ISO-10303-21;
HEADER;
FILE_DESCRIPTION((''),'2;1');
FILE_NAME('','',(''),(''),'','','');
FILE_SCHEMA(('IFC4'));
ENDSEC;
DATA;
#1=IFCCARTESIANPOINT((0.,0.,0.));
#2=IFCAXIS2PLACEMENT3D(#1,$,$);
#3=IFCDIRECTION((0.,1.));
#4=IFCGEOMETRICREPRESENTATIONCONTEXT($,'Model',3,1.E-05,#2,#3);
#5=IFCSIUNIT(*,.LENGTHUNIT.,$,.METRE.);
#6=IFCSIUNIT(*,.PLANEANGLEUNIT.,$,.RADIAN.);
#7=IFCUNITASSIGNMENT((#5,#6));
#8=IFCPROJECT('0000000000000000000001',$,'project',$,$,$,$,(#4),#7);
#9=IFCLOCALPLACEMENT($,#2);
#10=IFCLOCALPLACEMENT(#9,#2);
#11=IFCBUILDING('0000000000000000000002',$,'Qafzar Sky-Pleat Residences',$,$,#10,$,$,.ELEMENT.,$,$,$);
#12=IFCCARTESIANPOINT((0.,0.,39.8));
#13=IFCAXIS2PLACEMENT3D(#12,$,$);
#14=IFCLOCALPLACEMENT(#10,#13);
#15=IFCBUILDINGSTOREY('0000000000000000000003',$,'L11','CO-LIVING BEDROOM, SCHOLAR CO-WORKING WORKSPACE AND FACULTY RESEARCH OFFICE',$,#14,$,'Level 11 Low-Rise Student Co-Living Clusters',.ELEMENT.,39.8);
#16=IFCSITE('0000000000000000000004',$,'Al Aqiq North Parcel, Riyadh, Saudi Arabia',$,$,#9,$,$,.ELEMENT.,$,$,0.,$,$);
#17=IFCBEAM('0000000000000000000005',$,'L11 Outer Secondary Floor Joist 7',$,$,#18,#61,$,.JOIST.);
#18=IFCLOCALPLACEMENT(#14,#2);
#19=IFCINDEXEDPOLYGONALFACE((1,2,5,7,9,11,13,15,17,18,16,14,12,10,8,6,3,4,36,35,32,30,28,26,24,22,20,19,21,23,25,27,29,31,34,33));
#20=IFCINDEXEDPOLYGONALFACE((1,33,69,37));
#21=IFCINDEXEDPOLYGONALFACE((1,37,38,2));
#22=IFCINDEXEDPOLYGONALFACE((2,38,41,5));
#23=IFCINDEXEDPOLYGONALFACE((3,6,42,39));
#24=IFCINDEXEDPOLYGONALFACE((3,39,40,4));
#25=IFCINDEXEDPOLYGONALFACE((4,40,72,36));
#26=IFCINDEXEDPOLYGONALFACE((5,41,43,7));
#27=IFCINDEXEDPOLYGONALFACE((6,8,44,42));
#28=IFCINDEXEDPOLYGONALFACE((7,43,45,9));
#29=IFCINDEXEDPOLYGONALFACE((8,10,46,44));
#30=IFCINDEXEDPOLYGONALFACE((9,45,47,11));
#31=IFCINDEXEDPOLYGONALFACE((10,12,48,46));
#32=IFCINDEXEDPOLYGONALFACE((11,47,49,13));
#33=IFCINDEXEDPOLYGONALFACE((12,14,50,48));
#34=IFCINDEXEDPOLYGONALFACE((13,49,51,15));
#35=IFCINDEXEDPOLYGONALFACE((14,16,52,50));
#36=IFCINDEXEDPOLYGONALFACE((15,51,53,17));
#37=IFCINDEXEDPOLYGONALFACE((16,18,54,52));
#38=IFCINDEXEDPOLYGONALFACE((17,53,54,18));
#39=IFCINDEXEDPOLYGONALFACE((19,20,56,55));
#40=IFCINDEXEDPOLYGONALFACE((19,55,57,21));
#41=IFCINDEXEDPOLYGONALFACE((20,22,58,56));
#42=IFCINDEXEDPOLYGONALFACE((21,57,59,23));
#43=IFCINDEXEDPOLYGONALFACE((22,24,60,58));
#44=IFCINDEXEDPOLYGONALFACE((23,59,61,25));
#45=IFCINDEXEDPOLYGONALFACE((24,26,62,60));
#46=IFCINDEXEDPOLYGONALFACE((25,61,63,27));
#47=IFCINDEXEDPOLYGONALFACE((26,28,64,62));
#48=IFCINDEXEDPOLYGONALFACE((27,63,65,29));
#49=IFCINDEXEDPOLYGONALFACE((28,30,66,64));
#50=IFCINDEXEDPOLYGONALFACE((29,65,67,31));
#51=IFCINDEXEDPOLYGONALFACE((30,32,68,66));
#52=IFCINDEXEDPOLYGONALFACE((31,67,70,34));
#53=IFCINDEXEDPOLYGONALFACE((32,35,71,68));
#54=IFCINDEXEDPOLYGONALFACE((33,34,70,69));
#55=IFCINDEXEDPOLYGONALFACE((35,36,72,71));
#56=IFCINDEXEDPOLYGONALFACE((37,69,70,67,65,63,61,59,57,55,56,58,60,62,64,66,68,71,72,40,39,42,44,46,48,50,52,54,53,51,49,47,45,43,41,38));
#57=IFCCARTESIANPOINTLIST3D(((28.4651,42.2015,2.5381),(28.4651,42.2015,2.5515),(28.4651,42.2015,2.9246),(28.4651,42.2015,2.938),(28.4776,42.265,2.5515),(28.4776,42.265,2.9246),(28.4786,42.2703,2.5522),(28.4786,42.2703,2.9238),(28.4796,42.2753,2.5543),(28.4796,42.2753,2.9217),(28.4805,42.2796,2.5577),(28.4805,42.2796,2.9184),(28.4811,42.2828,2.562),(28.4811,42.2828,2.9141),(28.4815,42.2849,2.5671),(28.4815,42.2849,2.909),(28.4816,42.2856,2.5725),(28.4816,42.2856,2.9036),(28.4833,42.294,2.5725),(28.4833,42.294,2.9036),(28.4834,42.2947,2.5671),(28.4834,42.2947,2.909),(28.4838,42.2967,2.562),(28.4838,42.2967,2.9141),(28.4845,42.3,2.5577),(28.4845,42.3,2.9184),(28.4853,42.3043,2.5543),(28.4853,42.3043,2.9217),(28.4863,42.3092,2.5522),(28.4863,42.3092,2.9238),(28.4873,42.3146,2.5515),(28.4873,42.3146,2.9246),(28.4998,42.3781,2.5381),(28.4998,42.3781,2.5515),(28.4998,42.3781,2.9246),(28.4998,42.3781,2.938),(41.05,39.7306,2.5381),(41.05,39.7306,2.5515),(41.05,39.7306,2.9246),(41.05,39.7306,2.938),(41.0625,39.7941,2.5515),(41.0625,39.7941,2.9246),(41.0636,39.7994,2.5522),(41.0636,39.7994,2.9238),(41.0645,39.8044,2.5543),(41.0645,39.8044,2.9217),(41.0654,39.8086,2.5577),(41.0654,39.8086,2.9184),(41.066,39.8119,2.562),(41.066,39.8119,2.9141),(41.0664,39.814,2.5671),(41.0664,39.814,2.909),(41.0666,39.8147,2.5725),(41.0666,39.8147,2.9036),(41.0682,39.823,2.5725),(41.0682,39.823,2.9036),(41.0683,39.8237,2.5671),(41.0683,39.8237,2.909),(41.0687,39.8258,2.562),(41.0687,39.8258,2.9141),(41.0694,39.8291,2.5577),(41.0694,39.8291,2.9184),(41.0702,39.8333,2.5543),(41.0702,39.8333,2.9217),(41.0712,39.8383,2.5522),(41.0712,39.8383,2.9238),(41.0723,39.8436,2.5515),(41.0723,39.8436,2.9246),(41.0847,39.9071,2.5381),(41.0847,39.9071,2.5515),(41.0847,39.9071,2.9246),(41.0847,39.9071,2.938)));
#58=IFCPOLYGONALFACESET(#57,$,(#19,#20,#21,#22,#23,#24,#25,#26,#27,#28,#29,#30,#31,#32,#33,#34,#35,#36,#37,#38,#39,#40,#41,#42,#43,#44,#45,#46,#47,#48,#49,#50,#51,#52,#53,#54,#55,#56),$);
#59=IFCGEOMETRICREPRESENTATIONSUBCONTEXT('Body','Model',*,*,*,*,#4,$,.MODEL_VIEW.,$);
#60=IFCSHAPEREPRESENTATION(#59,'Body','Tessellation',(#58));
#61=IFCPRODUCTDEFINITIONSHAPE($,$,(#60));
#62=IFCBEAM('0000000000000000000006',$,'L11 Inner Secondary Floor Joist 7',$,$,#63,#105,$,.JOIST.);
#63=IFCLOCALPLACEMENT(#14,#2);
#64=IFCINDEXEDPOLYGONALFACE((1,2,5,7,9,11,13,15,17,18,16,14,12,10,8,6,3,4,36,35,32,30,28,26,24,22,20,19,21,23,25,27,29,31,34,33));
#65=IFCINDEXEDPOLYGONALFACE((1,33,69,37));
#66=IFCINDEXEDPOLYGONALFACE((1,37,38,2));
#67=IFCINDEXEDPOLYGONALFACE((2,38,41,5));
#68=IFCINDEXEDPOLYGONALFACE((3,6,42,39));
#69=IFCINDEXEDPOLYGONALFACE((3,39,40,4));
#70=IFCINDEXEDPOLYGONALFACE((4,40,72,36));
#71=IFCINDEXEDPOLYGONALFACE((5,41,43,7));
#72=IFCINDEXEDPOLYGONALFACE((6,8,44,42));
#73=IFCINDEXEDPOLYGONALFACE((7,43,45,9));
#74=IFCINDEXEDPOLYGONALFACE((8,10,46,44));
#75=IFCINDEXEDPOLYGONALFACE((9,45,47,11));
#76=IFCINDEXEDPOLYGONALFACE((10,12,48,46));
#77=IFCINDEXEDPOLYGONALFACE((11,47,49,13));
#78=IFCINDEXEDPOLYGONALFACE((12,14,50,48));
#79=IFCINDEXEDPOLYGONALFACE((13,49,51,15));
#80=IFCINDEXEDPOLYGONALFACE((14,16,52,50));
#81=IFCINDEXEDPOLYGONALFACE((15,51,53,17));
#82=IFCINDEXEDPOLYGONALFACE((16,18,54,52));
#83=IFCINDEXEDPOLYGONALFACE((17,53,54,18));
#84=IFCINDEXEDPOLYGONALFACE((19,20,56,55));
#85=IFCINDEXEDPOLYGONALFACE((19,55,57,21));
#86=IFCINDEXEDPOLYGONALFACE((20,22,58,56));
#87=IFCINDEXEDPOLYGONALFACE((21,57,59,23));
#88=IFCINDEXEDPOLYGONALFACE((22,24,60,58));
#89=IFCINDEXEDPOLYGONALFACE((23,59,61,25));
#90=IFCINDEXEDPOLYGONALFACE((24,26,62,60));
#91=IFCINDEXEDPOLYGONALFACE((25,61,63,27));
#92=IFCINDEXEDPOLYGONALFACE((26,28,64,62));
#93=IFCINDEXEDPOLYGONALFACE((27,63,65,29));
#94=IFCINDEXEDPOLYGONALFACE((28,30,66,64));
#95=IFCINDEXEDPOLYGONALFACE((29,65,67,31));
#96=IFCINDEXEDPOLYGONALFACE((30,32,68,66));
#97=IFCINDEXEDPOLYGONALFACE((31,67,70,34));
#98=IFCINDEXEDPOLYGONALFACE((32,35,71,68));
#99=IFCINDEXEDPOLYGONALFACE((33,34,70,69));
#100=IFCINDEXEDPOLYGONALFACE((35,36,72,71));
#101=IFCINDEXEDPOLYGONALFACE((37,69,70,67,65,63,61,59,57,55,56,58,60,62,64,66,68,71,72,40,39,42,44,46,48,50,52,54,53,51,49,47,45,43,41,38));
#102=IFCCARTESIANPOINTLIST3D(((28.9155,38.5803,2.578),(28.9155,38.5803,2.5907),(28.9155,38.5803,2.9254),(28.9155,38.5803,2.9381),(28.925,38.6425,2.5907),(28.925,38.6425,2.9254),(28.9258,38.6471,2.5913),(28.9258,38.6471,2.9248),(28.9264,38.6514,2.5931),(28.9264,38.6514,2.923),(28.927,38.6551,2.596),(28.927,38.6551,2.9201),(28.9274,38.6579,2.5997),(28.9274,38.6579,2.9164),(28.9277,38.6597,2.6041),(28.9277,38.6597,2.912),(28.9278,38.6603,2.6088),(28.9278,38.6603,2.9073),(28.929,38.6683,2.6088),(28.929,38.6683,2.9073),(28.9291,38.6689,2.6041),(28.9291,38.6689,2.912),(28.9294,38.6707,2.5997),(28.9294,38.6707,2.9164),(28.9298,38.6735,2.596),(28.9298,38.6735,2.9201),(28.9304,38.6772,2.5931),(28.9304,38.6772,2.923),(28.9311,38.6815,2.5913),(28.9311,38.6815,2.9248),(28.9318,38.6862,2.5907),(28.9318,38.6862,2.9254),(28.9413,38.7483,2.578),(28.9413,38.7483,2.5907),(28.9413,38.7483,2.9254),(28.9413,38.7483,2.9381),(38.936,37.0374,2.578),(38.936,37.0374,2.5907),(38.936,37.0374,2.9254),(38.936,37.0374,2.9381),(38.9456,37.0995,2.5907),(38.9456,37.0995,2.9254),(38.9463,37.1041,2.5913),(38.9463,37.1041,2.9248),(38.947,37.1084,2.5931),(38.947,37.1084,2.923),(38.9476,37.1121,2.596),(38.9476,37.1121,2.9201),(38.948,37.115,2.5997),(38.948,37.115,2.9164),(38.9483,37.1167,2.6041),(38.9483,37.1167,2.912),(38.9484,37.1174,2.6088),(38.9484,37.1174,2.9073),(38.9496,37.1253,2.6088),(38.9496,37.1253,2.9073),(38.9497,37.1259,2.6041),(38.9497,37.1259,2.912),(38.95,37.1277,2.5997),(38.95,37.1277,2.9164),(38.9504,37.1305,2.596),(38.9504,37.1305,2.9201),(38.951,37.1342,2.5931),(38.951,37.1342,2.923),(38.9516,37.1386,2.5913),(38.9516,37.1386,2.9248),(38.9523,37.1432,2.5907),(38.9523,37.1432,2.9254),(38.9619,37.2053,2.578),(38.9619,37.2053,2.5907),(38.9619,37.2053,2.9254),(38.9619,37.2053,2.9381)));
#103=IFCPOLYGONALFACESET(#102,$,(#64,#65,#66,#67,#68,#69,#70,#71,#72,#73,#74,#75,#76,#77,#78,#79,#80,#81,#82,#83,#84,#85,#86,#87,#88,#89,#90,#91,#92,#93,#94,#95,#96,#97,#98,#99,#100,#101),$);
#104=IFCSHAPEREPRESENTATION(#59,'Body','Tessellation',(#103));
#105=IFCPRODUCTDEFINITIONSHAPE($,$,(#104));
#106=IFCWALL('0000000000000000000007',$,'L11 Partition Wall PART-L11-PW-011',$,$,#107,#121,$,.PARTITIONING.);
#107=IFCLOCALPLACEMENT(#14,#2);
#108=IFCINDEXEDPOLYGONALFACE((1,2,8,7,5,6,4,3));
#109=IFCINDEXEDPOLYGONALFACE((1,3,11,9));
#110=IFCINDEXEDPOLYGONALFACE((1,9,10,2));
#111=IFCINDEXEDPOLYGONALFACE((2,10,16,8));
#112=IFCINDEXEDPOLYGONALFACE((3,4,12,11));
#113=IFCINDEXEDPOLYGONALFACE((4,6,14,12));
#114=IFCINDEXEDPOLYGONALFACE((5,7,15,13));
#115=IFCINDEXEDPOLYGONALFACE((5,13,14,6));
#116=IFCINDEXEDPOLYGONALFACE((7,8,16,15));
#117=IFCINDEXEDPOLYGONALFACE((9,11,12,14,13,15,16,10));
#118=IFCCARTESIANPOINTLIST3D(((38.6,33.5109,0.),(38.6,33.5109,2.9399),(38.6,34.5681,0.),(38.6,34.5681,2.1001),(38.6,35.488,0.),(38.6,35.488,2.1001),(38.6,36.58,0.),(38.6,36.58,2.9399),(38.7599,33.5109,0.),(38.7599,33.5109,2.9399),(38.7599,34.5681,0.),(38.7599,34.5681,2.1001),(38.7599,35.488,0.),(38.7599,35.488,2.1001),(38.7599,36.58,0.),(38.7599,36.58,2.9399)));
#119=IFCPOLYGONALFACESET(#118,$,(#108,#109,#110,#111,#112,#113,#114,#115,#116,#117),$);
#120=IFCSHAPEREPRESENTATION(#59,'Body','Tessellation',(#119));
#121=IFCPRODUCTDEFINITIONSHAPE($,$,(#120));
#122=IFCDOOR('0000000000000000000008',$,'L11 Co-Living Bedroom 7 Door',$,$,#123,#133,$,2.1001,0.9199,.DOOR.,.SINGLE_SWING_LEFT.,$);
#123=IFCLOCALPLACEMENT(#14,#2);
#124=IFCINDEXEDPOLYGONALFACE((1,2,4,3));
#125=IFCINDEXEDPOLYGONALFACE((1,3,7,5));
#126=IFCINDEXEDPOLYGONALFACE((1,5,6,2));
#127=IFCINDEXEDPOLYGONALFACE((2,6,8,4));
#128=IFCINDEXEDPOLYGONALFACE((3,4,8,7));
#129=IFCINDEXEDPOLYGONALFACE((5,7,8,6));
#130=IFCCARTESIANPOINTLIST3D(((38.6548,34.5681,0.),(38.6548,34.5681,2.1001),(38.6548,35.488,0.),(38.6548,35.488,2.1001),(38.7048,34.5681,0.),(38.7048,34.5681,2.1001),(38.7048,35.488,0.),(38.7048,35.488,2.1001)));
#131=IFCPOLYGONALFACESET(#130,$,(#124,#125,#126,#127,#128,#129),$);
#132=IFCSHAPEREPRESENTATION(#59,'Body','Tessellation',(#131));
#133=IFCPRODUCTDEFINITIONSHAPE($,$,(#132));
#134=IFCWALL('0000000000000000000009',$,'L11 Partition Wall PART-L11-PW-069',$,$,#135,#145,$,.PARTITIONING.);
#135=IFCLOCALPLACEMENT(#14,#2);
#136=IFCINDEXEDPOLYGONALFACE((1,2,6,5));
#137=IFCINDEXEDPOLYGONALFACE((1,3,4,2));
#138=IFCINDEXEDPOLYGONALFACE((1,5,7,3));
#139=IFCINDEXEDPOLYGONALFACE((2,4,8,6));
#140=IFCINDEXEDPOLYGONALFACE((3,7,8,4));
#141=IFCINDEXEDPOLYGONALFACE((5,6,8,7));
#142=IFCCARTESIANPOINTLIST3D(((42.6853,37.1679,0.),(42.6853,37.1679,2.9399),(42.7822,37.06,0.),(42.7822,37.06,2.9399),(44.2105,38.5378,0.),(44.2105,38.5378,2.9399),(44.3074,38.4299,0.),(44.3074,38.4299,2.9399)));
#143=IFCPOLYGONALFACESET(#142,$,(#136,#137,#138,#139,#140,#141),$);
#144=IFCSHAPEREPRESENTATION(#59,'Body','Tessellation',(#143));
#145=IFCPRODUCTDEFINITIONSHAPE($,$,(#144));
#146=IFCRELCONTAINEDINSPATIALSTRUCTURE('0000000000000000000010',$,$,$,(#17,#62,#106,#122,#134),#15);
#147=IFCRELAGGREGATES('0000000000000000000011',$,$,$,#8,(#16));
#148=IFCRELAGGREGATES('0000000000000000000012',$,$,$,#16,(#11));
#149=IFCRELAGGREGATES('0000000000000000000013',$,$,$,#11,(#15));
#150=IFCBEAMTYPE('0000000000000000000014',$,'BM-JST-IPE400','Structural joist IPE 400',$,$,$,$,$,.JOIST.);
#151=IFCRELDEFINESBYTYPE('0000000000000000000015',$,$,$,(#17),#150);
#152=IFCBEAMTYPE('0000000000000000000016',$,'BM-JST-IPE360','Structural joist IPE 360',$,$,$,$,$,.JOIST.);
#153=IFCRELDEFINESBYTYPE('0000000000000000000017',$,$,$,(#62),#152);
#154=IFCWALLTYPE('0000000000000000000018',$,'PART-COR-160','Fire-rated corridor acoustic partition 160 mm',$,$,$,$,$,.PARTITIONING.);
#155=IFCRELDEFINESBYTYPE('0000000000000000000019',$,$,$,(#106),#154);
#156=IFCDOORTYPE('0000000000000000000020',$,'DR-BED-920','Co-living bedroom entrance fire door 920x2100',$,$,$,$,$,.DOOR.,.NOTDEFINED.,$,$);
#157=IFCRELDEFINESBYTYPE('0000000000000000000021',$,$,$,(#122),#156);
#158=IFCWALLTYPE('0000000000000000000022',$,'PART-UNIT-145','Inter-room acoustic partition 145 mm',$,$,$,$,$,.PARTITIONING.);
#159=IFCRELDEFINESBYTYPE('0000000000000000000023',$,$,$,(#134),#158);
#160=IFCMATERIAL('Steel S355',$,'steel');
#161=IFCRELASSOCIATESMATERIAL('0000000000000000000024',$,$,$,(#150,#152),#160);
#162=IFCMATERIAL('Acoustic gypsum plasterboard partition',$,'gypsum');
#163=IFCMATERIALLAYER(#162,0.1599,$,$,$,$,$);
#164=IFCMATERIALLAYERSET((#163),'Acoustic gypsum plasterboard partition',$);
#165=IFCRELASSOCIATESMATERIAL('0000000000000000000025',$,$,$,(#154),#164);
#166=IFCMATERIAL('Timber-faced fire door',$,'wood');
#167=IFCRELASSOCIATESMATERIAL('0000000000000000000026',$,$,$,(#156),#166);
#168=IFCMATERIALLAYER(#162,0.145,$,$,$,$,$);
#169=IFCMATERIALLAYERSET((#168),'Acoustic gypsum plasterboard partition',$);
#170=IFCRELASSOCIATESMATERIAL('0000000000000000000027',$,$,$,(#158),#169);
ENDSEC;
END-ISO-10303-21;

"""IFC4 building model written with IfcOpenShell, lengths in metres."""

from ifc_helpers import new_model, si_unit, direction, frame, frame_2d, origin, origin_2d, place, context, subcontext, project, spatial, rectangle, i_section, extrude, source, transform, mapped, material, layer, layer_set, material_profile, profile_set, type_object, element, fill, save


model = new_model("IFC4")

# Units and contexts
model_context = context("Model", 3, precision=1e-05, world=origin(), true_north=direction((0.0, 1.0)))
body_context = subcontext(model_context, "Body", "Model", "MODEL_VIEW")
ifc_project = project(units=[si_unit("LENGTHUNIT", "METRE"), si_unit("PLANEANGLEUNIT", "RADIAN")], contexts=[model_context])

# Site, building, storey
site_placement = place(None, origin())
site = spatial("IfcSite", under=ifc_project, at=site_placement, Name="Al Aqiq North Parcel, Riyadh, Saudi Arabia", CompositionType="ELEMENT", RefElevation=0.0)
building_placement = place(site_placement, origin())
building = spatial("IfcBuilding", under=site, at=building_placement, Name="Qafzar Sky-Pleat Residences", CompositionType="ELEMENT")
storey_placement = place(building_placement, frame((0.0, 0.0, 39.8)))
storey = spatial("IfcBuildingStorey", under=building, at=storey_placement, Name="L11", Description="CO-LIVING BEDROOM, SCHOLAR CO-WORKING WORKSPACE AND FACULTY RESEARCH OFFICE", LongName="Level 11 Low-Rise Student Co-Living Clusters", CompositionType="ELEMENT", Elevation=39.8)

# Beams
ifc_material_1 = material(Name="Steel S355", Category="steel")
ifc_material_profile_1 = material_profile(ifc_material_1, i_section(OverallWidth=0.1799, OverallDepth=0.3999, WebThickness=0.0085, FlangeThickness=0.0134, FilletRadius=0.021, at=origin_2d()), Name="IPE 400")
ifc_profile_set_1 = profile_set([ifc_material_profile_1], Name="Steel S355")
beam_type_1 = type_object("IfcBeamType", Name="BM-JST-IPE400", Description="Structural joist IPE 400", PredefinedType="JOIST", material=ifc_profile_set_1)
shared_shape_1 = source(origin(), body_context, "Body", "SweptSolid", [
    extrude(i_section(OverallWidth=0.1799, OverallDepth=0.3999, WebThickness=0.0085, FlangeThickness=0.0134, FilletRadius=0.021, at=origin_2d()), origin(), (0.0, 0.0, 1.0), 12.8252),
])
beam_1_placement = place(storey_placement, frame((41.0674, 39.8188, 2.738), z_axis=(-0.981265, 0.192663, 0.0), x_axis=(-0.192663, -0.981265, 0.0)))
element("IfcBeam", 1, at=beam_1_placement, inside=storey, type_object=beam_type_1, Name="L11 Outer Secondary Floor Joist 7", PredefinedType="JOIST", context=body_context, shape_type="MappedRepresentation", body=[
    mapped(shared_shape_1, transform((0.0, 0.0, 0.0), x_axis=(1.0, 0.0, 0.0), y_axis=(0.0, 1.0, 0.0), z_axis=(0.0, 0.0, 1.0), scale=1.0)),
])
ifc_material_profile_2 = material_profile(ifc_material_1, i_section(OverallWidth=0.1699, OverallDepth=0.3601, WebThickness=0.0081, FlangeThickness=0.0127, FilletRadius=0.0181, at=origin_2d()), Name="IPE 360")
ifc_profile_set_2 = profile_set([ifc_material_profile_2], Name="Steel S355")
beam_type_2 = type_object("IfcBeamType", Name="BM-JST-IPE360", Description="Structural joist IPE 360", PredefinedType="JOIST", material=ifc_profile_set_2)
shared_shape_2 = source(origin(), body_context, "Body", "SweptSolid", [
    extrude(i_section(OverallWidth=0.1699, OverallDepth=0.3601, WebThickness=0.0081, FlangeThickness=0.0127, FilletRadius=0.0181, at=origin_2d()), origin(), (0.0, 0.0, 1.0), 10.1387),
])
beam_2_placement = place(storey_placement, frame((38.949, 37.1213, 2.7581), z_axis=(-0.988352, 0.152187, 0.0), x_axis=(-0.152187, -0.988352, 0.0)))
element("IfcBeam", 2, at=beam_2_placement, inside=storey, type_object=beam_type_2, Name="L11 Inner Secondary Floor Joist 7", PredefinedType="JOIST", context=body_context, shape_type="MappedRepresentation", body=[
    mapped(shared_shape_2, transform((0.0, 0.0, 0.0), x_axis=(1.0, 0.0, 0.0), y_axis=(0.0, 1.0, 0.0), z_axis=(0.0, 0.0, 1.0), scale=1.0)),
])

# Wall, opening, door
ifc_material_2 = material(Name="Acoustic gypsum plasterboard partition", Category="gypsum")
ifc_layer_1 = layer(ifc_material_2, 0.1599)
ifc_layer_set_1 = layer_set([ifc_layer_1], Name="Acoustic gypsum plasterboard partition")
wall_type_1 = type_object("IfcWallType", Name="PART-COR-160", Description="Fire-rated corridor acoustic partition 160 mm", PredefinedType="PARTITIONING", material=ifc_layer_set_1)
wall_1_placement = place(storey_placement, frame((38.6799, 36.5801, 0.0), z_axis=(0.0, 0.0, 1.0), x_axis=(0.0, -1.0, 0.0)))
wall_1 = element("IfcWall", 3, at=wall_1_placement, inside=storey, type_object=wall_type_1, Name="L11 Partition Wall PART-L11-PW-011", PredefinedType="PARTITIONING", context=body_context, shape_type="SweptSolid", body=[
    extrude(rectangle(XDim=3.0691, YDim=0.1599, at=frame_2d((1.5347, 0.0))), origin(), (0.0, 0.0, 1.0), 2.9399),
])
opening_1_placement = place(wall_1_placement, frame((1.092, 0.0, 0.0)))
opening_1 = element("IfcOpeningElement", 4, at=opening_1_placement, cuts=wall_1, PredefinedType="OPENING", context=body_context, shape_type="SweptSolid", body=[
    extrude(rectangle(XDim=0.9199, YDim=2.1001, at=frame_2d((0.46, 1.05))), frame((0.0, 0.0898, 0.0), z_axis=(0.0, -1.0, 0.0), x_axis=(1.0, 0.0, 0.0)), (0.0, 0.0, 1.0), 0.1799),
])
ifc_material_3 = material(Name="Timber-faced fire door", Category="wood")
door_type_1 = type_object("IfcDoorType", Name="DR-BED-920", Description="Co-living bedroom entrance fire door 920x2100", OperationType="NOTDEFINED", PredefinedType="DOOR", material=ifc_material_3)
shared_shape_3 = source(origin(), body_context, "Body", "SweptSolid", [
    extrude(rectangle(XDim=0.9199, YDim=2.1001, at=frame_2d((0.46, 1.05))), frame((0.0, 0.0249, 0.0), z_axis=(0.0, -1.0, 0.0), x_axis=(1.0, 0.0, 0.0)), (0.0, 0.0, 1.0), 0.05),
])
door_1_placement = place(opening_1_placement, origin())
door_1 = element("IfcDoor", 5, at=door_1_placement, inside=storey, type_object=door_type_1, Name="L11 Co-Living Bedroom 7 Door", OperationType="SINGLE_SWING_LEFT", OverallHeight=2.1001, OverallWidth=0.9199, PredefinedType="DOOR", context=body_context, shape_type="MappedRepresentation", body=[
    mapped(shared_shape_3, transform((0.0, 0.0, 0.0), x_axis=(1.0, 0.0, 0.0), y_axis=(0.0, 1.0, 0.0), z_axis=(0.0, 0.0, 1.0), scale=1.0)),
])
fill(opening_1, door_1)

# Wall
ifc_layer_2 = layer(ifc_material_2, 0.145)
ifc_layer_set_2 = layer_set([ifc_layer_2], Name="Acoustic gypsum plasterboard partition")
wall_type_2 = type_object("IfcWallType", Name="PART-UNIT-145", Description="Inter-room acoustic partition 145 mm", PredefinedType="PARTITIONING", material=ifc_layer_set_2)
wall_2_placement = place(storey_placement, frame((42.7339, 37.114, 0.0), z_axis=(0.0, 0.0, 1.0), x_axis=(0.743963, 0.668221, 0.0)))
element("IfcWall", 6, at=wall_2_placement, inside=storey, type_object=wall_type_2, Name="L11 Partition Wall PART-L11-PW-069", PredefinedType="PARTITIONING", context=body_context, shape_type="SweptSolid", body=[
    extrude(rectangle(XDim=2.05, YDim=0.145, at=frame_2d((1.0249, 0.0))), origin(), (0.0, 0.0, 1.0), 2.9399),
])

save(model, "model.ifc")
